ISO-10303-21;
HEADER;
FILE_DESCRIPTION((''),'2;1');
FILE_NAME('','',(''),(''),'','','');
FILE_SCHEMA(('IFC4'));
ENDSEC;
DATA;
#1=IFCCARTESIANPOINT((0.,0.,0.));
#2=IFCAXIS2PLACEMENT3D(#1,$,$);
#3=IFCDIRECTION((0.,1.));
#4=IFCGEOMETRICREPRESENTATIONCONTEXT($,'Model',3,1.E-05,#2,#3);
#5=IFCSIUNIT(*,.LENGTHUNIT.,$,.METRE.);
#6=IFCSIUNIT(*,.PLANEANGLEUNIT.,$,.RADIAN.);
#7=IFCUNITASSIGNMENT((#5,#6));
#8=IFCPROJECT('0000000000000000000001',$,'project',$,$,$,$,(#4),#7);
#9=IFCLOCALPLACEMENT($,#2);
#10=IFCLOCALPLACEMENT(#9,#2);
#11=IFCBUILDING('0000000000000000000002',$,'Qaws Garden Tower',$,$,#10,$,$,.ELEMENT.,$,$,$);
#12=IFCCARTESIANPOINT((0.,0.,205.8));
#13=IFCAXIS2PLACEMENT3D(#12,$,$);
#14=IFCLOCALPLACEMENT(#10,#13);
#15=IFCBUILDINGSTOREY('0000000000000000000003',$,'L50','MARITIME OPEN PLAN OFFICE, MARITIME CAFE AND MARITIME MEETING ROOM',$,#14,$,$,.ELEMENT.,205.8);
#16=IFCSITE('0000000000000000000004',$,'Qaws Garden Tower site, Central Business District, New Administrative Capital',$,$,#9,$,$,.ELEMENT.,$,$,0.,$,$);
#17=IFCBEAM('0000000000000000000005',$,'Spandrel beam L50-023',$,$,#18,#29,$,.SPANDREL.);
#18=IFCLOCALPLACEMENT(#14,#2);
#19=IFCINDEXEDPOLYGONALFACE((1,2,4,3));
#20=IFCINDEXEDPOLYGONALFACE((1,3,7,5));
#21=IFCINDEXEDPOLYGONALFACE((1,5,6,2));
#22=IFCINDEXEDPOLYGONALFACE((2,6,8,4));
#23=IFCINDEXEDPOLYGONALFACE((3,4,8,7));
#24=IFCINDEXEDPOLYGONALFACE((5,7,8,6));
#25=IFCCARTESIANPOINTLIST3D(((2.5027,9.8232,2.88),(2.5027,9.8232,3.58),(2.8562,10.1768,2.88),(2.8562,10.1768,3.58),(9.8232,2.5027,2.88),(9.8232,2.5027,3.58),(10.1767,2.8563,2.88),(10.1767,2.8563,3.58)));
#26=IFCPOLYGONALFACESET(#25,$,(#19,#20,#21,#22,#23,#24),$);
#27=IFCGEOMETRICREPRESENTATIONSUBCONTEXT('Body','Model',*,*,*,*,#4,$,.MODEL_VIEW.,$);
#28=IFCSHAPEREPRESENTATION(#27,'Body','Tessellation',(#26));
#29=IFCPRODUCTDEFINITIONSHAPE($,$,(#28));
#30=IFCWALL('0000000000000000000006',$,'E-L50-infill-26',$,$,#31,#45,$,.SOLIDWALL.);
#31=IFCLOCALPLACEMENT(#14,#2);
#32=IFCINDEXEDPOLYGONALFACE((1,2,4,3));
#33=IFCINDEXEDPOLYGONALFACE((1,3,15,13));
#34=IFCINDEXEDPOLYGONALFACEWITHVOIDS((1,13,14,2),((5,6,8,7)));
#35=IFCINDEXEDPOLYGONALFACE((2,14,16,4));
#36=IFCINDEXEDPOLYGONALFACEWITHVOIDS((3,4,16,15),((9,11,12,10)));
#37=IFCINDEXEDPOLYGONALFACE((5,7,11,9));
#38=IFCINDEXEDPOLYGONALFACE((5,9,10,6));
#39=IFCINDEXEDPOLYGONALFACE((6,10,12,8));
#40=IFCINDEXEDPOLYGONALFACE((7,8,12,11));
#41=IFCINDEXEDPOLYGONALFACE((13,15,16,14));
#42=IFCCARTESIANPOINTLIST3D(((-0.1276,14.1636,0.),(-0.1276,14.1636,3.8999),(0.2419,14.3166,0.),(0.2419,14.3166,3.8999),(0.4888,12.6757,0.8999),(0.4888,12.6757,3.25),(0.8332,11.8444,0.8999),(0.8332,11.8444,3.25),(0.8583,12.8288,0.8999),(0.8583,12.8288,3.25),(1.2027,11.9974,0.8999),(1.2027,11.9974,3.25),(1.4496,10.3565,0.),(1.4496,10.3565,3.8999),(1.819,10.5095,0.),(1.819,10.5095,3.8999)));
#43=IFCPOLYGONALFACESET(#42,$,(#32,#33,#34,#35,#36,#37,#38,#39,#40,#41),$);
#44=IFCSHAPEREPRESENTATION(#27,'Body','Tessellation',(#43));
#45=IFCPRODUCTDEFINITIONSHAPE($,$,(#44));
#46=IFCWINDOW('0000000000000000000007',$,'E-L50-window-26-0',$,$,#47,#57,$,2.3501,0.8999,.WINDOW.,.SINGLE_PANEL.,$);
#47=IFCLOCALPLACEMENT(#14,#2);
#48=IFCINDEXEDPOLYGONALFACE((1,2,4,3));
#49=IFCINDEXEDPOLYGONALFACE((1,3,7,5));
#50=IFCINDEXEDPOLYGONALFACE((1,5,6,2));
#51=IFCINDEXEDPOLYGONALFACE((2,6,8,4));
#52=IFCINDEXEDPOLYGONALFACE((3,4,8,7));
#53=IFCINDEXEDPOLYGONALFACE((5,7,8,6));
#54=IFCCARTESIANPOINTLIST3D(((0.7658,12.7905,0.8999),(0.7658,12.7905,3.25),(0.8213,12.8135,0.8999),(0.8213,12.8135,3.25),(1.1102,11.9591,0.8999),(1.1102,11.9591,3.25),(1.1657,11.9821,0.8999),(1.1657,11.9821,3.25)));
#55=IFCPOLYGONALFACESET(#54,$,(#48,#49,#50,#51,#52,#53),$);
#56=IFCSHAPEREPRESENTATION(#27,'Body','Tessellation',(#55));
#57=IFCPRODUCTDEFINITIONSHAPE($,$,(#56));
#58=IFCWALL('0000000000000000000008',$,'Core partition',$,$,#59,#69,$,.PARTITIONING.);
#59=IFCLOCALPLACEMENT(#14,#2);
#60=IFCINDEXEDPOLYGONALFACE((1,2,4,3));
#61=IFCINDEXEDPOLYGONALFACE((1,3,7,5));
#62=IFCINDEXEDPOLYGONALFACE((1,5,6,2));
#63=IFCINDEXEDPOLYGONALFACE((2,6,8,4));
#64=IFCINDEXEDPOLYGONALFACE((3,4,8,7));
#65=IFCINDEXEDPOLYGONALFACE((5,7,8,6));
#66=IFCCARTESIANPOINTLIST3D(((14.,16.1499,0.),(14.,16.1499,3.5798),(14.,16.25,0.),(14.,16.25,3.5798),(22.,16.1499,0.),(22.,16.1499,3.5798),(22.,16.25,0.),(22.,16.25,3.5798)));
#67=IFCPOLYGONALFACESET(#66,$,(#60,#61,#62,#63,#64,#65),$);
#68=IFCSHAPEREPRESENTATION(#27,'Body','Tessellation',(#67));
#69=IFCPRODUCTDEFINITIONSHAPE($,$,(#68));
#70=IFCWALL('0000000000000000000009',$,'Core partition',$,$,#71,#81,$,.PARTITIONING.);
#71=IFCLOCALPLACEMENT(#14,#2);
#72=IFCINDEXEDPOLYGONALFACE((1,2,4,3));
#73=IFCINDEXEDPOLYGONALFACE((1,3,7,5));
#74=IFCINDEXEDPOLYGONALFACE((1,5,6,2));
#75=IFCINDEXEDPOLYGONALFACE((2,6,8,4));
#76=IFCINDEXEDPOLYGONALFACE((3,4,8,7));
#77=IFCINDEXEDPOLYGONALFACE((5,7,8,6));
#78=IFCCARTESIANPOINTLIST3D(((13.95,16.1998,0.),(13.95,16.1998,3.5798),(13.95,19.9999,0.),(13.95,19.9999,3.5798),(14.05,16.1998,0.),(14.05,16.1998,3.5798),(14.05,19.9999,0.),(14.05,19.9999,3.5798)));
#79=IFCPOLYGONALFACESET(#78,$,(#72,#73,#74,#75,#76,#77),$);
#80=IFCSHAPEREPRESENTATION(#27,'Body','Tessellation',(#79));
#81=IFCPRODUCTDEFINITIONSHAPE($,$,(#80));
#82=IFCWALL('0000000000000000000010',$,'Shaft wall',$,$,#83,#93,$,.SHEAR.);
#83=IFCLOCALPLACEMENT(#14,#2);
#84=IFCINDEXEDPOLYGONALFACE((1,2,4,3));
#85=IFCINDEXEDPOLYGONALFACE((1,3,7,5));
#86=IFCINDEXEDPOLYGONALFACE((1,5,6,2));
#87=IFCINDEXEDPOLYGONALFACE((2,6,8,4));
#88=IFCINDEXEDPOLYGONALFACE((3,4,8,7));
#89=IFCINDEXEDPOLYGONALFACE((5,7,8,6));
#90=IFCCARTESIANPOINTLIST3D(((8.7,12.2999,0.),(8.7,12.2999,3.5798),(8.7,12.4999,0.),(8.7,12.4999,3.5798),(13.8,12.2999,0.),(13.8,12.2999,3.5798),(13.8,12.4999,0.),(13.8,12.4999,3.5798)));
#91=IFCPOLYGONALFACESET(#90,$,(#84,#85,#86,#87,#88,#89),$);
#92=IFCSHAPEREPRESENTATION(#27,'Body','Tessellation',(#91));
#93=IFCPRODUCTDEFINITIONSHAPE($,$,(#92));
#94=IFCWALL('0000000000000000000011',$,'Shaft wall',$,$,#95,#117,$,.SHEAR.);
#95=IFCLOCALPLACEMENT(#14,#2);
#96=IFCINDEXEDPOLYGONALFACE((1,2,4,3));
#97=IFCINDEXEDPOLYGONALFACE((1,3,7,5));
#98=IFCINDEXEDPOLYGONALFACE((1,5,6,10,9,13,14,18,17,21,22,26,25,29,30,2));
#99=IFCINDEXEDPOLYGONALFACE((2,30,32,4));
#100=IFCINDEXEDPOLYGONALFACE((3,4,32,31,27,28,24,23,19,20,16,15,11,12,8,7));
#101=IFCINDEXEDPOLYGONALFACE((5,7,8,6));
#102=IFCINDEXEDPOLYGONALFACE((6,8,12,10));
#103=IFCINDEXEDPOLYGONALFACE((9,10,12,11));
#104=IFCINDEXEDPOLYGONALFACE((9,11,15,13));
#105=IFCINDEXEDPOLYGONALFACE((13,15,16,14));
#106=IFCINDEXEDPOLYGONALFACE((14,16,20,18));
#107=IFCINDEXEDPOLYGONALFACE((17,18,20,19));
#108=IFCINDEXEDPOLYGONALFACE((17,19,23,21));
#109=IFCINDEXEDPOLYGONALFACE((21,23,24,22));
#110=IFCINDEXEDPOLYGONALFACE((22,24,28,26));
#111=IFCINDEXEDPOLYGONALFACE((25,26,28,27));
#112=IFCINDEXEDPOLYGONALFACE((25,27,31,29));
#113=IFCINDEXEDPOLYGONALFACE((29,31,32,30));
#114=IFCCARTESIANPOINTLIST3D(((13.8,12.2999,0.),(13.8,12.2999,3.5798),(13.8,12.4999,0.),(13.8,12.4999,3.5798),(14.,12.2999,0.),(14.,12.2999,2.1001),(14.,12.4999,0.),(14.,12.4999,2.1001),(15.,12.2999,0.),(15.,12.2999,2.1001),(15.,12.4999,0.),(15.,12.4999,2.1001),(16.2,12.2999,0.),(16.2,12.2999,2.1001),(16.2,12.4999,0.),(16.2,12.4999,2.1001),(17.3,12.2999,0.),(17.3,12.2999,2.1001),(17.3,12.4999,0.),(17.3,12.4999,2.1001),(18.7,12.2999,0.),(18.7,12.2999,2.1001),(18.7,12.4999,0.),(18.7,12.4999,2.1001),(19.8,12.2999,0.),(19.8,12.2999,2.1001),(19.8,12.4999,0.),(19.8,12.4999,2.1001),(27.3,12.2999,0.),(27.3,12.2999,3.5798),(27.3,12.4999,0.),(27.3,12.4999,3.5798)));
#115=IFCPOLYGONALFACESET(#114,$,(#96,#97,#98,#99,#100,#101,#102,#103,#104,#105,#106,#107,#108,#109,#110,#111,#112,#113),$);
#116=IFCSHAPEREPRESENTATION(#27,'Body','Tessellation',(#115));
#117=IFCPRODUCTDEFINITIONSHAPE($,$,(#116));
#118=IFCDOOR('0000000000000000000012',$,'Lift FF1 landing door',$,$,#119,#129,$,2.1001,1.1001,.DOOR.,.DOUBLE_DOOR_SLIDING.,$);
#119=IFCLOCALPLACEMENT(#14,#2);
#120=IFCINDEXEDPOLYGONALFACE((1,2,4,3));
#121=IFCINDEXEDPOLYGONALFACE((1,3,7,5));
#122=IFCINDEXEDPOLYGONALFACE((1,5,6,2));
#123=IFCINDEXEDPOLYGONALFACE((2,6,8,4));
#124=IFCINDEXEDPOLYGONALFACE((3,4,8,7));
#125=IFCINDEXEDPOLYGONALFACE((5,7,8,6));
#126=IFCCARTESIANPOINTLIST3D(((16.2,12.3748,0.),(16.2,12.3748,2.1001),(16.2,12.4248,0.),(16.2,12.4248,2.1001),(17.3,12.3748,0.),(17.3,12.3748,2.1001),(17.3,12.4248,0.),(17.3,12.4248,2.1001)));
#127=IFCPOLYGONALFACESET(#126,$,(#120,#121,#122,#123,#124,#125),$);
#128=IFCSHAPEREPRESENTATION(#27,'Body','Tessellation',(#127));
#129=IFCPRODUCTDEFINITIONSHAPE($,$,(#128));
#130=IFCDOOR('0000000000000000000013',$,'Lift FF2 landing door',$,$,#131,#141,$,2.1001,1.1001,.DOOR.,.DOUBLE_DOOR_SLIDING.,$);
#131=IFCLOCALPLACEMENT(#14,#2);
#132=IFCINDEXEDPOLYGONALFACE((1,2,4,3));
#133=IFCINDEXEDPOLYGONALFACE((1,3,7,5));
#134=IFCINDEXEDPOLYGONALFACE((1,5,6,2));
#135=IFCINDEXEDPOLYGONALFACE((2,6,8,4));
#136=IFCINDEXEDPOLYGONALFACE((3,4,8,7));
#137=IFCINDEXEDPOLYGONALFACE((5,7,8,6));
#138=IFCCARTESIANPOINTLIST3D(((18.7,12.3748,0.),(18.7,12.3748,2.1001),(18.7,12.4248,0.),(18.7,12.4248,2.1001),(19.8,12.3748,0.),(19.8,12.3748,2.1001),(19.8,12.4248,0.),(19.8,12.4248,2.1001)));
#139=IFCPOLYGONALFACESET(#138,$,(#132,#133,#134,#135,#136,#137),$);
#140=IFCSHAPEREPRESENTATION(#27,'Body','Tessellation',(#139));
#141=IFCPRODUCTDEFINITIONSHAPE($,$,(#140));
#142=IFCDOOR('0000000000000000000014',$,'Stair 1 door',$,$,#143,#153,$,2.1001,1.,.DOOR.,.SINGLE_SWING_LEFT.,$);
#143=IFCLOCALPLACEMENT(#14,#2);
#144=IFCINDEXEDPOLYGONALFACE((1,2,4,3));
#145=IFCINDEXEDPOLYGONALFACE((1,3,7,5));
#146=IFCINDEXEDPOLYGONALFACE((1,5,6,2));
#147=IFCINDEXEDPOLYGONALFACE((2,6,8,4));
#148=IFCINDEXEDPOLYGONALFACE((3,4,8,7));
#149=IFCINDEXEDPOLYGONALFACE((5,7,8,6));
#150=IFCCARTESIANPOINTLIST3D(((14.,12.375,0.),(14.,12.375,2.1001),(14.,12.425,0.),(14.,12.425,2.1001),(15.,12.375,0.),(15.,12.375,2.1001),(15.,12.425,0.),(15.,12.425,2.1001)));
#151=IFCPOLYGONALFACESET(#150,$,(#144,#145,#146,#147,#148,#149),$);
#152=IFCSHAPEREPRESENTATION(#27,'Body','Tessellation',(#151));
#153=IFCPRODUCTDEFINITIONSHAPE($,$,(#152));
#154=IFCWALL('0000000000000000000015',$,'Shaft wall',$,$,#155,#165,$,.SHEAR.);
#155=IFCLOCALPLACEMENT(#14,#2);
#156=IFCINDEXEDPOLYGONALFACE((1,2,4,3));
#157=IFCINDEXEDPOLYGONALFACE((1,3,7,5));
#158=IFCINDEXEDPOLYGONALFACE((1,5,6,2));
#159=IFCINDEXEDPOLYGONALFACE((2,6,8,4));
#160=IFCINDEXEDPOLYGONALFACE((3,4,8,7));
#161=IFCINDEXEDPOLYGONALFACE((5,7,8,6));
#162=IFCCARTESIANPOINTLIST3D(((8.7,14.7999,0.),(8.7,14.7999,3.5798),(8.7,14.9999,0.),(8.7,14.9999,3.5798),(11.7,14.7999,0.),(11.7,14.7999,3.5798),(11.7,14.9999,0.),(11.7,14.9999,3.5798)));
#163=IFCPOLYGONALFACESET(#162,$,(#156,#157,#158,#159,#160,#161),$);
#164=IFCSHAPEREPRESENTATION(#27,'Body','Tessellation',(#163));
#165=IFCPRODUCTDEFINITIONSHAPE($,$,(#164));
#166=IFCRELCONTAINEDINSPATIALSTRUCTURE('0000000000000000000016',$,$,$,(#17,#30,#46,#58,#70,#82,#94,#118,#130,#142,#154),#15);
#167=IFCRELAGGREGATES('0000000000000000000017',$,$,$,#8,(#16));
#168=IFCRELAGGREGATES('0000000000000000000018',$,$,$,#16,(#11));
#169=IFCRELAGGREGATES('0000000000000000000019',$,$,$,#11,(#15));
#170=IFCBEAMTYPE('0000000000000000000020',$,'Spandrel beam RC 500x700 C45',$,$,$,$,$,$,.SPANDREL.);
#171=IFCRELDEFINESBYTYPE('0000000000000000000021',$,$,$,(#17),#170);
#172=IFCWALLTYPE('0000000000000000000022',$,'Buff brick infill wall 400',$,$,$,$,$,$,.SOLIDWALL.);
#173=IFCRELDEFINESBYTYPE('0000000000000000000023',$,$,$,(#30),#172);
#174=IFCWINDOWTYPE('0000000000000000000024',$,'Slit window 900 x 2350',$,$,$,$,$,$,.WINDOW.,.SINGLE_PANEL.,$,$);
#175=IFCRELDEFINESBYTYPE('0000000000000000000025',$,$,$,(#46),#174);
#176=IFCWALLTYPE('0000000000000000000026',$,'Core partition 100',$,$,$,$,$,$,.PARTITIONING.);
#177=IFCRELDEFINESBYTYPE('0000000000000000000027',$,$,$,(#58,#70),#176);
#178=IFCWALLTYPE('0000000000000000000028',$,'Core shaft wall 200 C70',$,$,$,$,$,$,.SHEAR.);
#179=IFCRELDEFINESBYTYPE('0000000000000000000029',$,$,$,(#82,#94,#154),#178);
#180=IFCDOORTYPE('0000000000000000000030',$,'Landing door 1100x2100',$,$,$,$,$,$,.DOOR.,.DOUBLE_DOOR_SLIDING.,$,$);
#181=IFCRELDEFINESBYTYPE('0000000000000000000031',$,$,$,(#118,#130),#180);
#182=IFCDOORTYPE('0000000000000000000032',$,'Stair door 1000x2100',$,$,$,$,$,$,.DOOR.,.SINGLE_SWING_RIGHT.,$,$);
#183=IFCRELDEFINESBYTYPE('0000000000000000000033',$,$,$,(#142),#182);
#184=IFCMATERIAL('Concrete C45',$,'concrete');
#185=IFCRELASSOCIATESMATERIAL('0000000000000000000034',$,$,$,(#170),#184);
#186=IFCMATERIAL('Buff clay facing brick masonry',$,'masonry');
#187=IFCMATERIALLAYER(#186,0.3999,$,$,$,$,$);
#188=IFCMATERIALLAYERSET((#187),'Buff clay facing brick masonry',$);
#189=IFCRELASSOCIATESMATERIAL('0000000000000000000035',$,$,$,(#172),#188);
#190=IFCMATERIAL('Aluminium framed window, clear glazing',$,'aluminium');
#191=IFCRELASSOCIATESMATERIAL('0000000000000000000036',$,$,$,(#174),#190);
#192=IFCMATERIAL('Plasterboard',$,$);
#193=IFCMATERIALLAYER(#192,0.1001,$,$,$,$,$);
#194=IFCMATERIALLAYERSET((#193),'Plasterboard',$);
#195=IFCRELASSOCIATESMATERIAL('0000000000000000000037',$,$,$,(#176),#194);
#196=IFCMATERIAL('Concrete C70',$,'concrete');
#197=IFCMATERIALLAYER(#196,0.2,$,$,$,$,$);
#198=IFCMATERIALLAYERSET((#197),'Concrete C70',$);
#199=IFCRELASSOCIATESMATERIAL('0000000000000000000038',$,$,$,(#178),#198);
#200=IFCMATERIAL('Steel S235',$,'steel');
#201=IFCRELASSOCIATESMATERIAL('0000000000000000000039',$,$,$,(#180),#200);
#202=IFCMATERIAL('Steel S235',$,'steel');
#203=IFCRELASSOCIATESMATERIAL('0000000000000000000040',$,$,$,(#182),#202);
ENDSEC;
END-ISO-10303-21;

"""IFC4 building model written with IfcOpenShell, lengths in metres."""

from ifc_helpers import new_model, si_unit, direction, frame, frame_2d, origin, origin_2d, place, context, subcontext, project, spatial, rectangle, extrude, material, layer, layer_set, material_profile, profile_set, type_object, element, fill, save


model = new_model("IFC4")

# Units and contexts
model_context = context("Model", 3, precision=1e-05, world=origin(), true_north=direction((0.0, 1.0)))
body_context = subcontext(model_context, "Body", "Model", "MODEL_VIEW")
ifc_project = project(units=[si_unit("LENGTHUNIT", "METRE"), si_unit("PLANEANGLEUNIT", "RADIAN")], contexts=[model_context])

# Site, building, storey
site_placement = place(None, origin())
site = spatial("IfcSite", under=ifc_project, at=site_placement, Name="Qaws Garden Tower site, Central Business District, New Administrative Capital", CompositionType="ELEMENT", RefElevation=0.0)
building_placement = place(site_placement, origin())
building = spatial("IfcBuilding", under=site, at=building_placement, Name="Qaws Garden Tower", CompositionType="ELEMENT")
storey_placement = place(building_placement, frame((0.0, 0.0, 205.8)))
storey = spatial("IfcBuildingStorey", under=building, at=storey_placement, Name="L50", Description="MARITIME OPEN PLAN OFFICE, MARITIME CAFE AND MARITIME MEETING ROOM", CompositionType="ELEMENT", Elevation=205.8)

# Beam
ifc_material_1 = material(Name="Concrete C45", Category="concrete")
ifc_material_profile = material_profile(ifc_material_1, rectangle(XDim=0.5, YDim=0.7, at=origin_2d()), Name="RC 500x700")
ifc_profile_set = profile_set([ifc_material_profile], Name="Concrete C45")
beam_type = type_object("IfcBeamType", Name="Spandrel beam RC 500x700 C45", PredefinedType="SPANDREL", material=ifc_profile_set)
beam_placement = place(storey_placement, frame((2.6794, 10.0, 3.23), z_axis=(0.707107, -0.707107, 0.0), x_axis=(0.707107, 0.707107, 0.0)))
element("IfcBeam", 1, at=beam_placement, inside=storey, type_object=beam_type, Name="Spandrel beam L50-023", PredefinedType="SPANDREL", context=body_context, shape_type="SweptSolid", body=[
    extrude(rectangle(XDim=0.5, YDim=0.7, at=origin_2d()), origin(), (0.0, 0.0, 1.0), 10.3528),
])

# Wall, opening, window
ifc_material_2 = material(Name="Buff clay facing brick masonry", Category="masonry")
ifc_layer_1 = layer(ifc_material_2, 0.3999)
ifc_layer_set_1 = layer_set([ifc_layer_1], Name="Buff clay facing brick masonry")
wall_type_1 = type_object("IfcWallType", Name="Buff brick infill wall 400", PredefinedType="SOLIDWALL", material=ifc_layer_set_1)
wall_1_placement = place(storey_placement, frame((0.0571, 14.2402, 0.0), z_axis=(0.0, 0.0, 1.0), x_axis=(0.382722, -0.923864, 0.0)))
wall_1 = element("IfcWall", 2, at=wall_1_placement, inside=storey, type_object=wall_type_1, Name="E-L50-infill-26", PredefinedType="SOLIDWALL", context=body_context, shape_type="SweptSolid", body=[
    extrude(rectangle(XDim=4.1208, YDim=0.3999, at=frame_2d((2.0605, 0.0))), origin(), (0.0, 0.0, 1.0), 3.8999),
])
opening_1_placement = place(wall_1_placement, frame((1.6106, 0.0, 0.8999)))
opening_1 = element("IfcOpeningElement", 3, at=opening_1_placement, cuts=wall_1, PredefinedType="OPENING", context=body_context, shape_type="SweptSolid", body=[
    extrude(rectangle(XDim=0.8999, YDim=2.3501, at=frame_2d((0.45, 1.175))), frame((0.0, 0.21, 0.0), z_axis=(0.0, -1.0, 0.0), x_axis=(1.0, 0.0, 0.0)), (0.0, 0.0, 1.0), 0.4199),
])
ifc_material_3 = material(Name="Aluminium framed window, clear glazing", Category="aluminium")
window_type = type_object("IfcWindowType", Name="Slit window 900 x 2350", PartitioningType="SINGLE_PANEL", PredefinedType="WINDOW", material=ifc_material_3)
window_placement = place(opening_1_placement, origin())
window = element("IfcWindow", 4, at=window_placement, inside=storey, type_object=window_type, Name="E-L50-window-26-0", OverallHeight=2.3501, OverallWidth=0.8999, PartitioningType="SINGLE_PANEL", PredefinedType="WINDOW", context=body_context, shape_type="SweptSolid", body=[
    extrude(rectangle(XDim=0.8999, YDim=2.3501, at=frame_2d((0.45, 1.175))), frame((0.0, 0.1599, 0.0), z_axis=(0.0, -1.0, 0.0), x_axis=(1.0, 0.0, 0.0)), (0.0, 0.0, 1.0), 0.0601),
])
fill(opening_1, window)

# Walls
ifc_material_4 = material(Name="Plasterboard")
ifc_layer_2 = layer(ifc_material_4, 0.1001)
ifc_layer_set_2 = layer_set([ifc_layer_2], Name="Plasterboard")
wall_type_2 = type_object("IfcWallType", Name="Core partition 100", PredefinedType="PARTITIONING", material=ifc_layer_set_2)
wall_2_placement = place(storey_placement, frame((14.0, 16.2, 0.0), z_axis=(0.0, 0.0, 1.0), x_axis=(1.0, 0.0, 0.0)))
element("IfcWall", 5, at=wall_2_placement, inside=storey, type_object=wall_type_2, Name="Core partition", PredefinedType="PARTITIONING", context=body_context, shape_type="SweptSolid", body=[
    extrude(rectangle(XDim=8.0, YDim=0.1001, at=frame_2d((4.0, 0.0))), origin(), (0.0, 0.0, 1.0), 3.5798),
])
wall_3_placement = place(storey_placement, frame((14.0, 16.2, 0.0), z_axis=(0.0, 0.0, 1.0), x_axis=(0.0, 1.0, 0.0)))
element("IfcWall", 6, at=wall_3_placement, inside=storey, type_object=wall_type_2, Name="Core partition", PredefinedType="PARTITIONING", context=body_context, shape_type="SweptSolid", body=[
    extrude(rectangle(XDim=3.8, YDim=0.1001, at=frame_2d((1.8999, 0.0))), origin(), (0.0, 0.0, 1.0), 3.5798),
])
ifc_material_5 = material(Name="Concrete C70", Category="concrete")
ifc_layer_3 = layer(ifc_material_5, 0.2)
ifc_layer_set_3 = layer_set([ifc_layer_3], Name="Concrete C70")
wall_type_3 = type_object("IfcWallType", Name="Core shaft wall 200 C70", PredefinedType="SHEAR", material=ifc_layer_set_3)
wall_4_placement = place(storey_placement, frame((8.7, 12.3999, 0.0), z_axis=(0.0, 0.0, 1.0), x_axis=(1.0, 0.0, 0.0)))
element("IfcWall", 7, at=wall_4_placement, inside=storey, type_object=wall_type_3, Name="Shaft wall", PredefinedType="SHEAR", context=body_context, shape_type="SweptSolid", body=[
    extrude(rectangle(XDim=5.1001, YDim=0.2, at=frame_2d((2.55, 0.0))), origin(), (0.0, 0.0, 1.0), 3.5798),
])

# Wall, openings, doors
wall_5_placement = place(storey_placement, frame((13.8, 12.3999, 0.0), z_axis=(0.0, 0.0, 1.0), x_axis=(1.0, 0.0, 0.0)))
wall_5 = element("IfcWall", 8, at=wall_5_placement, inside=storey, type_object=wall_type_3, Name="Shaft wall", PredefinedType="SHEAR", context=body_context, shape_type="SweptSolid", body=[
    extrude(rectangle(XDim=13.5, YDim=0.2, at=frame_2d((6.75, 0.0))), origin(), (0.0, 0.0, 1.0), 3.5798),
])
opening_2_placement = place(wall_5_placement, frame((2.3999, 0.0, 0.0)))
opening_2 = element("IfcOpeningElement", 9, at=opening_2_placement, cuts=wall_5, PredefinedType="OPENING", context=body_context, shape_type="SweptSolid", body=[
    extrude(rectangle(XDim=1.1001, YDim=2.1001, at=frame_2d((0.55, 1.05))), frame((0.0, 0.1099, 0.0), z_axis=(0.0, -1.0, 0.0), x_axis=(1.0, 0.0, 0.0)), (0.0, 0.0, 1.0), 0.22),
])
opening_3_placement = place(wall_5_placement, frame((4.8999, 0.0, 0.0)))
opening_3 = element("IfcOpeningElement", 10, at=opening_3_placement, cuts=wall_5, PredefinedType="OPENING", context=body_context, shape_type="SweptSolid", body=[
    extrude(rectangle(XDim=1.1001, YDim=2.1001, at=frame_2d((0.55, 1.05))), frame((0.0, 0.1099, 0.0), z_axis=(0.0, -1.0, 0.0), x_axis=(1.0, 0.0, 0.0)), (0.0, 0.0, 1.0), 0.22),
])
opening_4_placement = place(wall_5_placement, frame((0.2, 0.0, 0.0)))
opening_4 = element("IfcOpeningElement", 11, at=opening_4_placement, cuts=wall_5, PredefinedType="OPENING", context=body_context, shape_type="SweptSolid", body=[
    extrude(rectangle(XDim=1.0, YDim=2.1001, at=frame_2d((0.5, 1.05))), frame((0.0, 0.1099, 0.0), z_axis=(0.0, -1.0, 0.0), x_axis=(1.0, 0.0, 0.0)), (0.0, 0.0, 1.0), 0.22),
])
ifc_material_6 = material(Name="Steel S235", Category="steel")
door_type_1 = type_object("IfcDoorType", Name="Landing door 1100x2100", OperationType="DOUBLE_DOOR_SLIDING", PredefinedType="DOOR", material=ifc_material_6)
door_1_placement = place(opening_2_placement, origin())
door_1 = element("IfcDoor", 12, at=door_1_placement, inside=storey, type_object=door_type_1, Name="Lift FF1 landing door", OperationType="DOUBLE_DOOR_SLIDING", OverallHeight=2.1001, OverallWidth=1.1001, PredefinedType="DOOR", context=body_context, shape_type="SweptSolid", body=[
    extrude(rectangle(XDim=1.1001, YDim=2.1001, at=frame_2d((0.55, 1.05))), frame((0.0, 0.0249, 0.0), z_axis=(0.0, -1.0, 0.0), x_axis=(1.0, 0.0, 0.0)), (0.0, 0.0, 1.0), 0.05),
])
fill(opening_2, door_1)
door_2_placement = place(opening_3_placement, origin())
door_2 = element("IfcDoor", 13, at=door_2_placement, inside=storey, type_object=door_type_1, Name="Lift FF2 landing door", OperationType="DOUBLE_DOOR_SLIDING", OverallHeight=2.1001, OverallWidth=1.1001, PredefinedType="DOOR", context=body_context, shape_type="SweptSolid", body=[
    extrude(rectangle(XDim=1.1001, YDim=2.1001, at=frame_2d((0.55, 1.05))), frame((0.0, 0.0249, 0.0), z_axis=(0.0, -1.0, 0.0), x_axis=(1.0, 0.0, 0.0)), (0.0, 0.0, 1.0), 0.05),
])
fill(opening_3, door_2)
ifc_material_7 = material(Name="Steel S235", Category="steel")
door_type_2 = type_object("IfcDoorType", Name="Stair door 1000x2100", OperationType="SINGLE_SWING_RIGHT", PredefinedType="DOOR", material=ifc_material_7)
door_3_placement = place(opening_4_placement, frame((1.0, 0.0, 0.0), z_axis=(0.0, 0.0, 1.0), x_axis=(-1.0, 0.0, 0.0)))
door_3 = element("IfcDoor", 14, at=door_3_placement, inside=storey, type_object=door_type_2, Name="Stair 1 door", OperationType="SINGLE_SWING_LEFT", OverallHeight=2.1001, OverallWidth=1.0, PredefinedType="DOOR", context=body_context, shape_type="SweptSolid", body=[
    extrude(rectangle(XDim=1.0, YDim=2.1001, at=frame_2d((0.5, 1.05))), frame((0.0, 0.0249, 0.0), z_axis=(0.0, -1.0, 0.0), x_axis=(1.0, 0.0, 0.0)), (0.0, 0.0, 1.0), 0.05),
])
fill(opening_4, door_3)

# Wall
wall_6_placement = place(storey_placement, frame((8.7, 14.8999, 0.0), z_axis=(0.0, 0.0, 1.0), x_axis=(1.0, 0.0, 0.0)))
element("IfcWall", 15, at=wall_6_placement, inside=storey, type_object=wall_type_3, Name="Shaft wall", PredefinedType="SHEAR", context=body_context, shape_type="SweptSolid", body=[
    extrude(rectangle(XDim=3.0, YDim=0.2, at=frame_2d((1.5, 0.0))), origin(), (0.0, 0.0, 1.0), 3.5798),
])

save(model, "model.ifc")
